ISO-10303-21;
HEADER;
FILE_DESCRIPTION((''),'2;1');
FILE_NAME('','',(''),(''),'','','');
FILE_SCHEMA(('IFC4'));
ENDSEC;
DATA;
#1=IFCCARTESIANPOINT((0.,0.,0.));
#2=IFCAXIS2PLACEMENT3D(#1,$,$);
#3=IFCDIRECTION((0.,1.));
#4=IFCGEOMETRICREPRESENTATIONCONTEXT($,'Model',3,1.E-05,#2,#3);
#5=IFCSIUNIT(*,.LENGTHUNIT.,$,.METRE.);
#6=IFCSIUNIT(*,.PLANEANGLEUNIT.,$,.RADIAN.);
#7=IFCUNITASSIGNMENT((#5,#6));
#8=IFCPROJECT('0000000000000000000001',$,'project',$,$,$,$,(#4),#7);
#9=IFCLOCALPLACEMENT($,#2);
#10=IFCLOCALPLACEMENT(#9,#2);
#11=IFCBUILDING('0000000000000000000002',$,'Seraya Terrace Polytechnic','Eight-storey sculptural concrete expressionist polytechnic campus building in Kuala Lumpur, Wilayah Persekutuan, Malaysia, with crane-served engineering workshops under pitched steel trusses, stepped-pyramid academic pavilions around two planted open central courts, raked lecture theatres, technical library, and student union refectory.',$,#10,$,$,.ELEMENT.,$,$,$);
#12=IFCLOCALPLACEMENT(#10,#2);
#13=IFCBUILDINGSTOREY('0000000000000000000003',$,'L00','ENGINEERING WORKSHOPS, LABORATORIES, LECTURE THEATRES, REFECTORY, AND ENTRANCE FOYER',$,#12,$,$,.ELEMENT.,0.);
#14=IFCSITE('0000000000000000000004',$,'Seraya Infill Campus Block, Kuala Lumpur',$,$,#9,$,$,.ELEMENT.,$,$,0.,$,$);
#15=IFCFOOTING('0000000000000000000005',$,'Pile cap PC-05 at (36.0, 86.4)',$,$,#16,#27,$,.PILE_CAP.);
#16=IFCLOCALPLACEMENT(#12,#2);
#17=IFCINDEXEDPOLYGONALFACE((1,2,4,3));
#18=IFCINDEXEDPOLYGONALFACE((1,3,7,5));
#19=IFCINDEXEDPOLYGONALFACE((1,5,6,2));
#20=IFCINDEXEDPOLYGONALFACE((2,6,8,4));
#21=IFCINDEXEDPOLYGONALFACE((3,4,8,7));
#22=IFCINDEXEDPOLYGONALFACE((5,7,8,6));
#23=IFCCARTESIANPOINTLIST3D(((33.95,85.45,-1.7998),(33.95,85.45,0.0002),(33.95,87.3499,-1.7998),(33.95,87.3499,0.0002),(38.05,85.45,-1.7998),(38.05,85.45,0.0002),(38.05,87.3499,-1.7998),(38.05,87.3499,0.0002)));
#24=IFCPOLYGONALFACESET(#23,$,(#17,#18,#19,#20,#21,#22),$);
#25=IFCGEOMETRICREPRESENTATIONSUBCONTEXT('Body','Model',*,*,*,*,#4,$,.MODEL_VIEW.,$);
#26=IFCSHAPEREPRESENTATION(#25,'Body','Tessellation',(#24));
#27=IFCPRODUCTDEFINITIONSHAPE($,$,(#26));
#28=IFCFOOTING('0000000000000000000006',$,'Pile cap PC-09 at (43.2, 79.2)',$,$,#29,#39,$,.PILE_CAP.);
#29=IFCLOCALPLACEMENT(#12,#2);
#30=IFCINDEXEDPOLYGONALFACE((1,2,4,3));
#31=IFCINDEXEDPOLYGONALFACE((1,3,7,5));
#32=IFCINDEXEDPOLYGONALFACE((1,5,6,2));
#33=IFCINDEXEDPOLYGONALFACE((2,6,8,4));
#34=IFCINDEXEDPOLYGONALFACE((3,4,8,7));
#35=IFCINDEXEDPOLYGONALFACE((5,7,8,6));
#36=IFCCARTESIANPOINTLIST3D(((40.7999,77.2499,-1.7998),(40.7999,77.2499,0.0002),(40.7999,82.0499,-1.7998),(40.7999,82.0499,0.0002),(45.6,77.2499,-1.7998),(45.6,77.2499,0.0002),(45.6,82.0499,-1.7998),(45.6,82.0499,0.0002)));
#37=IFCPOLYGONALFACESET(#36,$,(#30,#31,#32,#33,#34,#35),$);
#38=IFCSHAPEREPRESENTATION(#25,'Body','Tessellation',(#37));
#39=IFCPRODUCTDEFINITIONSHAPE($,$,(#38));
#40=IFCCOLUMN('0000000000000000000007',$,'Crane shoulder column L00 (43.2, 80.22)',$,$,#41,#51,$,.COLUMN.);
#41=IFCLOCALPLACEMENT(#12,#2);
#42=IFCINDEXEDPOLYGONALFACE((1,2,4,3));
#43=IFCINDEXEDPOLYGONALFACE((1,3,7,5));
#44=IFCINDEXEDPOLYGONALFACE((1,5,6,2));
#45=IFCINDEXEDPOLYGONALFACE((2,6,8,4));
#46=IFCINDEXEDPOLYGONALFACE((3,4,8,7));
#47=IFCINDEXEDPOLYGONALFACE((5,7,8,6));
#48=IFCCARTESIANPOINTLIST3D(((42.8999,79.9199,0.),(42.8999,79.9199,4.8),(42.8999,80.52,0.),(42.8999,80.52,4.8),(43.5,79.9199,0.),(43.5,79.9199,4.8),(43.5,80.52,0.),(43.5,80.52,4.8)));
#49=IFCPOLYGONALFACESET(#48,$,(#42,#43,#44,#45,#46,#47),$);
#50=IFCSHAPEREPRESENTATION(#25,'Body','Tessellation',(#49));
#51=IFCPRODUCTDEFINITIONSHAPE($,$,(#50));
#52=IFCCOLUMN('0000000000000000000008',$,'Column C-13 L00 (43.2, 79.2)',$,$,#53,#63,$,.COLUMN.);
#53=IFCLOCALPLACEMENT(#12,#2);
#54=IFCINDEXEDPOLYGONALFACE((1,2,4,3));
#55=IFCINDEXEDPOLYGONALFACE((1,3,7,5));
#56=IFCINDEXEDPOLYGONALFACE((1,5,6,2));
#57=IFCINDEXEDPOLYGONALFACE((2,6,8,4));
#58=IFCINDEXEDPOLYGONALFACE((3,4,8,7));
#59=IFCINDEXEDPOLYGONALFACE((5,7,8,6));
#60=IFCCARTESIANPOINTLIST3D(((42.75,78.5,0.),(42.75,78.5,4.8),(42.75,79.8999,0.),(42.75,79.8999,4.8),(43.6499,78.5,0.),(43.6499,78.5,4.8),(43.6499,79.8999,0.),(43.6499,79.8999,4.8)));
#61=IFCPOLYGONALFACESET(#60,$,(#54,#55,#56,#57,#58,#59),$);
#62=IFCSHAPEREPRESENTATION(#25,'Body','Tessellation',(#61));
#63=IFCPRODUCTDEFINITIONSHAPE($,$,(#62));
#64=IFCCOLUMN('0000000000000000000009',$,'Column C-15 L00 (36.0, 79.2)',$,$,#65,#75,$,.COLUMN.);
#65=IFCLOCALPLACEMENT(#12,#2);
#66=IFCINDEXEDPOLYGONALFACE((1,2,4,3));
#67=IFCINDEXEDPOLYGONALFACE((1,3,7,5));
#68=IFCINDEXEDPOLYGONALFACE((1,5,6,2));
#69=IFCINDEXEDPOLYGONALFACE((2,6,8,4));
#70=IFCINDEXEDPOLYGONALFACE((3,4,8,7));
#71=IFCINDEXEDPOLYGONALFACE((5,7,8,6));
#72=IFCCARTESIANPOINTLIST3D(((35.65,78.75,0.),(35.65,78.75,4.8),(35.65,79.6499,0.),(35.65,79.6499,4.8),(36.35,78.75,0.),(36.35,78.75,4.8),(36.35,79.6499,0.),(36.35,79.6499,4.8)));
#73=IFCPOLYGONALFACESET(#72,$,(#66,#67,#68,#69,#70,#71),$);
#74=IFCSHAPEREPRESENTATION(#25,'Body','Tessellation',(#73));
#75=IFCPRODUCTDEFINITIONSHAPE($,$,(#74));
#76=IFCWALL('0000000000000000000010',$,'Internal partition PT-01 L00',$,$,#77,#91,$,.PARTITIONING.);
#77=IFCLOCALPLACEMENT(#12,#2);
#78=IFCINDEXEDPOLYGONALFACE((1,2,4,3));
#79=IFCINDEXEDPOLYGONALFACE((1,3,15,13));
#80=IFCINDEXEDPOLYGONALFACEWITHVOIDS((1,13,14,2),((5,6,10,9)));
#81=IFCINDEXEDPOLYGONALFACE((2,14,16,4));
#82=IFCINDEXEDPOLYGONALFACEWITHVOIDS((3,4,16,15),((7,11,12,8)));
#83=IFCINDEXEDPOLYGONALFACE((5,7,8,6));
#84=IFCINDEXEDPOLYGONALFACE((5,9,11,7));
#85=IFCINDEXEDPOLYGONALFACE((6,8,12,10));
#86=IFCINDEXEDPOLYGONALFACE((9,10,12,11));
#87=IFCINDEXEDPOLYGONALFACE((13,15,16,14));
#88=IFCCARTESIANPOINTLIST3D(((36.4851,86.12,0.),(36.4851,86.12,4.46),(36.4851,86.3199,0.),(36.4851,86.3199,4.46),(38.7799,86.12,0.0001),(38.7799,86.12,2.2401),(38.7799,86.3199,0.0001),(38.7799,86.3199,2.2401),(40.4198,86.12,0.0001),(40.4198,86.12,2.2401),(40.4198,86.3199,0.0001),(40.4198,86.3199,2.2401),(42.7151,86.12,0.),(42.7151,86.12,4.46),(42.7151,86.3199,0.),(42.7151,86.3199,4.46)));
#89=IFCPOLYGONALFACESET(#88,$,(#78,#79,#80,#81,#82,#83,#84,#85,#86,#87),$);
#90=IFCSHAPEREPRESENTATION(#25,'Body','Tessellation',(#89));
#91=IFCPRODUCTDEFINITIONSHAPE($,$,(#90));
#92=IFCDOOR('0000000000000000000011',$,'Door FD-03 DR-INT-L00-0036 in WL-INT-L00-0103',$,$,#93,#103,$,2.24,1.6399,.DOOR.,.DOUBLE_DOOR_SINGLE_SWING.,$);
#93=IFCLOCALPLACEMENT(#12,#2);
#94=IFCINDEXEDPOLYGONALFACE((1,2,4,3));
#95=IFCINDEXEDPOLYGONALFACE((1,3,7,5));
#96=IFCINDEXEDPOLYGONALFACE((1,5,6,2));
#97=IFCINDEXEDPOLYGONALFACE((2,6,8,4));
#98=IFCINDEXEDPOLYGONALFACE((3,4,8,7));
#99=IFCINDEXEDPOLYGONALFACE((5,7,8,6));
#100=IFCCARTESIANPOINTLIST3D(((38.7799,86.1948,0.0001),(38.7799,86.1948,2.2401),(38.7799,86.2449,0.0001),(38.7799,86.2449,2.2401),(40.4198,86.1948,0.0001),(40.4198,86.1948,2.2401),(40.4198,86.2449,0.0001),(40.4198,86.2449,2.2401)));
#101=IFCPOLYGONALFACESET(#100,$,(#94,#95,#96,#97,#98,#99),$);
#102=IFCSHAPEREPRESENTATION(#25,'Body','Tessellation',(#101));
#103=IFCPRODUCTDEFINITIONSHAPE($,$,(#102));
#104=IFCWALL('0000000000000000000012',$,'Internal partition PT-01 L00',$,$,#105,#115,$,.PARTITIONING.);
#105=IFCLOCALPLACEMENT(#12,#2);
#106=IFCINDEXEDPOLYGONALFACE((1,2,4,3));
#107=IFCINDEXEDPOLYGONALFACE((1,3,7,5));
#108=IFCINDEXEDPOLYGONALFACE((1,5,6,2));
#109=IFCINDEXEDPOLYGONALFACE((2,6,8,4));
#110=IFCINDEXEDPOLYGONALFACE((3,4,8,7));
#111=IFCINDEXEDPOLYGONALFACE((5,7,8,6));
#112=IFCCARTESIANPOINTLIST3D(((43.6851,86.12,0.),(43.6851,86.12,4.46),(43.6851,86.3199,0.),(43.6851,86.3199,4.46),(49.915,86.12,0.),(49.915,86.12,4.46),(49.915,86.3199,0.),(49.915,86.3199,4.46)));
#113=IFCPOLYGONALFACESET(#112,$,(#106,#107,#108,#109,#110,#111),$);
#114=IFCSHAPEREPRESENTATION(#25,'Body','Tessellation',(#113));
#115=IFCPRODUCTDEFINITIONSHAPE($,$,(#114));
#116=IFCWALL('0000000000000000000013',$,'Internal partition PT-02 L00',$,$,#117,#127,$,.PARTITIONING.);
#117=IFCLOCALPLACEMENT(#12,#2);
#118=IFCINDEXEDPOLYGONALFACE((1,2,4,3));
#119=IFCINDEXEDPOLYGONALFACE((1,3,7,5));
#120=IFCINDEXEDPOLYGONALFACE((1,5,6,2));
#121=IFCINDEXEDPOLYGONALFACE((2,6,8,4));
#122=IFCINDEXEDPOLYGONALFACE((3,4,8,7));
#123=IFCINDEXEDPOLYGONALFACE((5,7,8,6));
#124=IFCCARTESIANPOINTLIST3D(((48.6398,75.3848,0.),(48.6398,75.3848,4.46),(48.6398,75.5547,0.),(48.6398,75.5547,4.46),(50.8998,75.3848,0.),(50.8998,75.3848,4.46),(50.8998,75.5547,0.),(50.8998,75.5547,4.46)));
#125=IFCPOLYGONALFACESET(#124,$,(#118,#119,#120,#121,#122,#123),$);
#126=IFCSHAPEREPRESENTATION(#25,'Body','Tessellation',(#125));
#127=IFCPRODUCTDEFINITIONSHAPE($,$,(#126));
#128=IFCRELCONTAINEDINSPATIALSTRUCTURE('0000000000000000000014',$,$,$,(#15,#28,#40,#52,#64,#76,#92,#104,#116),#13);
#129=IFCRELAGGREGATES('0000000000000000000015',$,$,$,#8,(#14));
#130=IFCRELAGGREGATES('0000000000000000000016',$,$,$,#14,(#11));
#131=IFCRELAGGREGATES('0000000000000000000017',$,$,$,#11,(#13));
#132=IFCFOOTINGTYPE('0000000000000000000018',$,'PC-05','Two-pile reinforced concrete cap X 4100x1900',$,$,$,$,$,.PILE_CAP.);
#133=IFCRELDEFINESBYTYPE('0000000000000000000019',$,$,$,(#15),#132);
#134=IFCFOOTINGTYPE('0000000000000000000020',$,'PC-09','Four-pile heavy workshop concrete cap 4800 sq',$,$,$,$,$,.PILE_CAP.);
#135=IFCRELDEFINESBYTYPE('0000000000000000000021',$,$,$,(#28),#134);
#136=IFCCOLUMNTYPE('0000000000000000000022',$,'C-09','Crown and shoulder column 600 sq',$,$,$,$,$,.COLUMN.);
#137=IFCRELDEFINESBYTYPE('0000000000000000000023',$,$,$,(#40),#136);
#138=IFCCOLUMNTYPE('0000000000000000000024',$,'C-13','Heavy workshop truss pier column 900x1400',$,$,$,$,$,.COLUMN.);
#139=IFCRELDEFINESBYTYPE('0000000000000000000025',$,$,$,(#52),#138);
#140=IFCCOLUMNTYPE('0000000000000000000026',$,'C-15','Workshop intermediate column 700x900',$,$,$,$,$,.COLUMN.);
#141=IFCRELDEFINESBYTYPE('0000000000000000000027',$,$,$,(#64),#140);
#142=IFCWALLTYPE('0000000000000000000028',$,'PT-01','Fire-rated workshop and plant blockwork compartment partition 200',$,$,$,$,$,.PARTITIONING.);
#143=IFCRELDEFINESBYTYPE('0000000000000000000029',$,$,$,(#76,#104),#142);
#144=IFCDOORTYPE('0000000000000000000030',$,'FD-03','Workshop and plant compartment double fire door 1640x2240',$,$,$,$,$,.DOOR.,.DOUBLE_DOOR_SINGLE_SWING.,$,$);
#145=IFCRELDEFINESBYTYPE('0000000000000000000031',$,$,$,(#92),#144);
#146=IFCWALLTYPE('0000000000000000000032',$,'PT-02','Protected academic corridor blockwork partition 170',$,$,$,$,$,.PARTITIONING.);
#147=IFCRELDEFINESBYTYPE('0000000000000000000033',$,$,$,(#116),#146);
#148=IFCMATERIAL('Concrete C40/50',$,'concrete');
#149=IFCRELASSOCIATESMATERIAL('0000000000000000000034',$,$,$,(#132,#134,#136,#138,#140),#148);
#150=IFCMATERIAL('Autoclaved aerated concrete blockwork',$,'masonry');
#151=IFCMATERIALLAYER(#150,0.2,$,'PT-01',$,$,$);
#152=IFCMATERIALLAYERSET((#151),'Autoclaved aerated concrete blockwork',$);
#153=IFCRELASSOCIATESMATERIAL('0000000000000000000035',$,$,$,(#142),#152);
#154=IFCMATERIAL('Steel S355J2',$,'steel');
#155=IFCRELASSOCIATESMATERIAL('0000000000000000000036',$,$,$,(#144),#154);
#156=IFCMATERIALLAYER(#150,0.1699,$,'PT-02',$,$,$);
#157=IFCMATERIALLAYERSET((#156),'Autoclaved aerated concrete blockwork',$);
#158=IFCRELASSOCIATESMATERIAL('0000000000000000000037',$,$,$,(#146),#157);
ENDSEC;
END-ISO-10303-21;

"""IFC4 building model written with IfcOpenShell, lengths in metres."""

from ifc_helpers import new_model, si_unit, direction, frame, frame_2d, origin, origin_2d, place, context, subcontext, project, spatial, rectangle, extrude, material, layer, layer_set, material_profile, profile_set, type_object, element, fill, save


model = new_model("IFC4")

# Units and contexts
model_context = context("Model", 3, precision=1e-05, world=origin(), true_north=direction((0.0, 1.0)))
body_context = subcontext(model_context, "Body", "Model", "MODEL_VIEW")
ifc_project = project(units=[si_unit("LENGTHUNIT", "METRE"), si_unit("PLANEANGLEUNIT", "RADIAN")], contexts=[model_context])

# Site, building, storey
site_placement = place(None, origin())
site = spatial("IfcSite", under=ifc_project, at=site_placement, Name="Seraya Infill Campus Block, Kuala Lumpur", CompositionType="ELEMENT", RefElevation=0.0)
building_placement = place(site_placement, origin())
building = spatial("IfcBuilding", under=site, at=building_placement, Name="Seraya Terrace Polytechnic", Description="Eight-storey sculptural concrete expressionist polytechnic campus building in Kuala Lumpur, Wilayah Persekutuan, Malaysia, with crane-served engineering workshops under pitched steel trusses, stepped-pyramid academic pavilions around two planted open central courts, raked lecture theatres, technical library, and student union refectory.", CompositionType="ELEMENT")
storey_placement = place(building_placement, origin())
storey = spatial("IfcBuildingStorey", under=building, at=storey_placement, Name="L00", Description="ENGINEERING WORKSHOPS, LABORATORIES, LECTURE THEATRES, REFECTORY, AND ENTRANCE FOYER", CompositionType="ELEMENT", Elevation=0.0)

# Shared definitions
ifc_material_1 = material(Name="Concrete C40/50", Category="concrete")

# Footings
footing_type_1 = type_object("IfcFootingType", Name="PC-05", Description="Two-pile reinforced concrete cap X 4100x1900", PredefinedType="PILE_CAP", material=ifc_material_1)
footing_1_placement = place(storey_placement, frame((36.0, 86.3999, -1.7998), z_axis=(0.0, 0.0, 1.0), x_axis=(1.0, 0.0, 0.0)))
element("IfcFooting", 1, at=footing_1_placement, inside=storey, type_object=footing_type_1, Name="Pile cap PC-05 at (36.0, 86.4)", PredefinedType="PILE_CAP", context=body_context, shape_type="SweptSolid", body=[
    extrude(rectangle(XDim=4.1001, YDim=1.8999, at=origin_2d()), origin(), (0.0, 0.0, 1.0), 1.8),
])
footing_type_2 = type_object("IfcFootingType", Name="PC-09", Description="Four-pile heavy workshop concrete cap 4800 sq", PredefinedType="PILE_CAP", material=ifc_material_1)
footing_2_placement = place(storey_placement, frame((43.2, 79.6499, -1.7998), z_axis=(0.0, 0.0, 1.0), x_axis=(1.0, 0.0, 0.0)))
element("IfcFooting", 2, at=footing_2_placement, inside=storey, type_object=footing_type_2, Name="Pile cap PC-09 at (43.2, 79.2)", PredefinedType="PILE_CAP", context=body_context, shape_type="SweptSolid", body=[
    extrude(rectangle(XDim=4.8, YDim=4.8, at=origin_2d()), origin(), (0.0, 0.0, 1.0), 1.8),
])

# Columns
ifc_material_profile_1 = material_profile(ifc_material_1, rectangle(XDim=0.6001, YDim=0.6001, at=origin_2d()), Name="RC 600x600")
ifc_profile_set_1 = profile_set([ifc_material_profile_1], Name="Concrete C40/50")
column_type_1 = type_object("IfcColumnType", Name="C-09", Description="Crown and shoulder column 600 sq", PredefinedType="COLUMN", material=ifc_profile_set_1)
column_1_placement = place(storey_placement, frame((43.2, 80.22, 0.0), z_axis=(0.0, 0.0, 1.0), x_axis=(1.0, 0.0, 0.0)))
element("IfcColumn", 3, at=column_1_placement, inside=storey, type_object=column_type_1, Name="Crane shoulder column L00 (43.2, 80.22)", PredefinedType="COLUMN", context=body_context, shape_type="SweptSolid", body=[
    extrude(rectangle(XDim=0.6001, YDim=0.6001, at=origin_2d()), origin(), (0.0, 0.0, 1.0), 4.8),
])
ifc_material_profile_2 = material_profile(ifc_material_1, rectangle(XDim=0.8999, YDim=1.3999, at=origin_2d()), Name="RC 900x1400")
ifc_profile_set_2 = profile_set([ifc_material_profile_2], Name="Concrete C40/50")
column_type_2 = type_object("IfcColumnType", Name="C-13", Description="Heavy workshop truss pier column 900x1400", PredefinedType="COLUMN", material=ifc_profile_set_2)
column_2_placement = place(storey_placement, frame((43.2, 79.2, 0.0), z_axis=(0.0, 0.0, 1.0), x_axis=(1.0, 0.0, 0.0)))
element("IfcColumn", 4, at=column_2_placement, inside=storey, type_object=column_type_2, Name="Column C-13 L00 (43.2, 79.2)", PredefinedType="COLUMN", context=body_context, shape_type="SweptSolid", body=[
    extrude(rectangle(XDim=0.8999, YDim=1.3999, at=origin_2d()), origin(), (0.0, 0.0, 1.0), 4.8),
])
ifc_material_profile_3 = material_profile(ifc_material_1, rectangle(XDim=0.7, YDim=0.8999, at=origin_2d()), Name="RC 700x900")
ifc_profile_set_3 = profile_set([ifc_material_profile_3], Name="Concrete C40/50")
column_type_3 = type_object("IfcColumnType", Name="C-15", Description="Workshop intermediate column 700x900", PredefinedType="COLUMN", material=ifc_profile_set_3)
column_3_placement = place(storey_placement, frame((36.0, 79.2, 0.0), z_axis=(0.0, 0.0, 1.0), x_axis=(1.0, 0.0, 0.0)))
element("IfcColumn", 5, at=column_3_placement, inside=storey, type_object=column_type_3, Name="Column C-15 L00 (36.0, 79.2)", PredefinedType="COLUMN", context=body_context, shape_type="SweptSolid", body=[
    extrude(rectangle(XDim=0.7, YDim=0.8999, at=origin_2d()), origin(), (0.0, 0.0, 1.0), 4.8),
])

# Wall, opening, door
ifc_material_2 = material(Name="Autoclaved aerated concrete blockwork", Category="masonry")
ifc_layer_1 = layer(ifc_material_2, 0.2, Name="PT-01")
ifc_layer_set_1 = layer_set([ifc_layer_1], Name="Autoclaved aerated concrete blockwork")
wall_type_1 = type_object("IfcWallType", Name="PT-01", Description="Fire-rated workshop and plant blockwork compartment partition 200", PredefinedType="PARTITIONING", material=ifc_layer_set_1)
wall_1_placement = place(storey_placement, frame((36.4851, 86.22, 0.0), z_axis=(0.0, 0.0, 1.0), x_axis=(1.0, 0.0, 0.0)))
wall_1 = element("IfcWall", 6, at=wall_1_placement, inside=storey, type_object=wall_type_1, Name="Internal partition PT-01 L00", PredefinedType="PARTITIONING", context=body_context, shape_type="SweptSolid", body=[
    extrude(rectangle(XDim=6.23, YDim=0.2, at=frame_2d((3.115, 0.0))), origin(), (0.0, 0.0, 1.0), 4.46),
])
opening_placement = place(wall_1_placement, frame((2.2949, 0.0, 0.0)))
opening = element("IfcOpeningElement", 7, at=opening_placement, cuts=wall_1, PredefinedType="OPENING", context=body_context, shape_type="SweptSolid", body=[
    extrude(rectangle(XDim=1.6399, YDim=2.24, at=frame_2d((0.8198, 1.1201))), frame((0.0, 0.1118, 0.0), z_axis=(0.0, -1.0, 0.0), x_axis=(1.0, 0.0, 0.0)), (0.0, 0.0, 1.0), 0.2239),
])
ifc_material_3 = material(Name="Steel S355J2", Category="steel")
door_type = type_object("IfcDoorType", Name="FD-03", Description="Workshop and plant compartment double fire door 1640x2240", OperationType="DOUBLE_DOOR_SINGLE_SWING", PredefinedType="DOOR", material=ifc_material_3)
door_placement = place(opening_placement, origin())
door = element("IfcDoor", 8, at=door_placement, inside=storey, type_object=door_type, Name="Door FD-03 DR-INT-L00-0036 in WL-INT-L00-0103", OperationType="DOUBLE_DOOR_SINGLE_SWING", OverallHeight=2.24, OverallWidth=1.6399, PredefinedType="DOOR", context=body_context, shape_type="SweptSolid", body=[
    extrude(rectangle(XDim=1.6399, YDim=2.24, at=frame_2d((0.8198, 1.1201))), frame((0.0, 0.0249, 0.0), z_axis=(0.0, -1.0, 0.0), x_axis=(1.0, 0.0, 0.0)), (0.0, 0.0, 1.0), 0.05),
])
fill(opening, door)

# Walls
wall_2_placement = place(storey_placement, frame((43.6851, 86.22, 0.0), z_axis=(0.0, 0.0, 1.0), x_axis=(1.0, 0.0, 0.0)))
element("IfcWall", 9, at=wall_2_placement, inside=storey, type_object=wall_type_1, Name="Internal partition PT-01 L00", PredefinedType="PARTITIONING", context=body_context, shape_type="SweptSolid", body=[
    extrude(rectangle(XDim=6.23, YDim=0.2, at=frame_2d((3.115, 0.0))), origin(), (0.0, 0.0, 1.0), 4.46),
])
ifc_layer_2 = layer(ifc_material_2, 0.1699, Name="PT-02")
ifc_layer_set_2 = layer_set([ifc_layer_2], Name="Autoclaved aerated concrete blockwork")
wall_type_2 = type_object("IfcWallType", Name="PT-02", Description="Protected academic corridor blockwork partition 170", PredefinedType="PARTITIONING", material=ifc_layer_set_2)
wall_3_placement = place(storey_placement, frame((48.6399, 75.4697, 0.0), z_axis=(0.0, 0.0, 1.0), x_axis=(1.0, 0.0, 0.0)))
element("IfcWall", 10, at=wall_3_placement, inside=storey, type_object=wall_type_2, Name="Internal partition PT-02 L00", PredefinedType="PARTITIONING", context=body_context, shape_type="SweptSolid", body=[
    extrude(rectangle(XDim=2.26, YDim=0.1699, at=frame_2d((1.1299, 0.0))), origin(), (0.0, 0.0, 1.0), 4.46),
])

save(model, "model.ifc")
